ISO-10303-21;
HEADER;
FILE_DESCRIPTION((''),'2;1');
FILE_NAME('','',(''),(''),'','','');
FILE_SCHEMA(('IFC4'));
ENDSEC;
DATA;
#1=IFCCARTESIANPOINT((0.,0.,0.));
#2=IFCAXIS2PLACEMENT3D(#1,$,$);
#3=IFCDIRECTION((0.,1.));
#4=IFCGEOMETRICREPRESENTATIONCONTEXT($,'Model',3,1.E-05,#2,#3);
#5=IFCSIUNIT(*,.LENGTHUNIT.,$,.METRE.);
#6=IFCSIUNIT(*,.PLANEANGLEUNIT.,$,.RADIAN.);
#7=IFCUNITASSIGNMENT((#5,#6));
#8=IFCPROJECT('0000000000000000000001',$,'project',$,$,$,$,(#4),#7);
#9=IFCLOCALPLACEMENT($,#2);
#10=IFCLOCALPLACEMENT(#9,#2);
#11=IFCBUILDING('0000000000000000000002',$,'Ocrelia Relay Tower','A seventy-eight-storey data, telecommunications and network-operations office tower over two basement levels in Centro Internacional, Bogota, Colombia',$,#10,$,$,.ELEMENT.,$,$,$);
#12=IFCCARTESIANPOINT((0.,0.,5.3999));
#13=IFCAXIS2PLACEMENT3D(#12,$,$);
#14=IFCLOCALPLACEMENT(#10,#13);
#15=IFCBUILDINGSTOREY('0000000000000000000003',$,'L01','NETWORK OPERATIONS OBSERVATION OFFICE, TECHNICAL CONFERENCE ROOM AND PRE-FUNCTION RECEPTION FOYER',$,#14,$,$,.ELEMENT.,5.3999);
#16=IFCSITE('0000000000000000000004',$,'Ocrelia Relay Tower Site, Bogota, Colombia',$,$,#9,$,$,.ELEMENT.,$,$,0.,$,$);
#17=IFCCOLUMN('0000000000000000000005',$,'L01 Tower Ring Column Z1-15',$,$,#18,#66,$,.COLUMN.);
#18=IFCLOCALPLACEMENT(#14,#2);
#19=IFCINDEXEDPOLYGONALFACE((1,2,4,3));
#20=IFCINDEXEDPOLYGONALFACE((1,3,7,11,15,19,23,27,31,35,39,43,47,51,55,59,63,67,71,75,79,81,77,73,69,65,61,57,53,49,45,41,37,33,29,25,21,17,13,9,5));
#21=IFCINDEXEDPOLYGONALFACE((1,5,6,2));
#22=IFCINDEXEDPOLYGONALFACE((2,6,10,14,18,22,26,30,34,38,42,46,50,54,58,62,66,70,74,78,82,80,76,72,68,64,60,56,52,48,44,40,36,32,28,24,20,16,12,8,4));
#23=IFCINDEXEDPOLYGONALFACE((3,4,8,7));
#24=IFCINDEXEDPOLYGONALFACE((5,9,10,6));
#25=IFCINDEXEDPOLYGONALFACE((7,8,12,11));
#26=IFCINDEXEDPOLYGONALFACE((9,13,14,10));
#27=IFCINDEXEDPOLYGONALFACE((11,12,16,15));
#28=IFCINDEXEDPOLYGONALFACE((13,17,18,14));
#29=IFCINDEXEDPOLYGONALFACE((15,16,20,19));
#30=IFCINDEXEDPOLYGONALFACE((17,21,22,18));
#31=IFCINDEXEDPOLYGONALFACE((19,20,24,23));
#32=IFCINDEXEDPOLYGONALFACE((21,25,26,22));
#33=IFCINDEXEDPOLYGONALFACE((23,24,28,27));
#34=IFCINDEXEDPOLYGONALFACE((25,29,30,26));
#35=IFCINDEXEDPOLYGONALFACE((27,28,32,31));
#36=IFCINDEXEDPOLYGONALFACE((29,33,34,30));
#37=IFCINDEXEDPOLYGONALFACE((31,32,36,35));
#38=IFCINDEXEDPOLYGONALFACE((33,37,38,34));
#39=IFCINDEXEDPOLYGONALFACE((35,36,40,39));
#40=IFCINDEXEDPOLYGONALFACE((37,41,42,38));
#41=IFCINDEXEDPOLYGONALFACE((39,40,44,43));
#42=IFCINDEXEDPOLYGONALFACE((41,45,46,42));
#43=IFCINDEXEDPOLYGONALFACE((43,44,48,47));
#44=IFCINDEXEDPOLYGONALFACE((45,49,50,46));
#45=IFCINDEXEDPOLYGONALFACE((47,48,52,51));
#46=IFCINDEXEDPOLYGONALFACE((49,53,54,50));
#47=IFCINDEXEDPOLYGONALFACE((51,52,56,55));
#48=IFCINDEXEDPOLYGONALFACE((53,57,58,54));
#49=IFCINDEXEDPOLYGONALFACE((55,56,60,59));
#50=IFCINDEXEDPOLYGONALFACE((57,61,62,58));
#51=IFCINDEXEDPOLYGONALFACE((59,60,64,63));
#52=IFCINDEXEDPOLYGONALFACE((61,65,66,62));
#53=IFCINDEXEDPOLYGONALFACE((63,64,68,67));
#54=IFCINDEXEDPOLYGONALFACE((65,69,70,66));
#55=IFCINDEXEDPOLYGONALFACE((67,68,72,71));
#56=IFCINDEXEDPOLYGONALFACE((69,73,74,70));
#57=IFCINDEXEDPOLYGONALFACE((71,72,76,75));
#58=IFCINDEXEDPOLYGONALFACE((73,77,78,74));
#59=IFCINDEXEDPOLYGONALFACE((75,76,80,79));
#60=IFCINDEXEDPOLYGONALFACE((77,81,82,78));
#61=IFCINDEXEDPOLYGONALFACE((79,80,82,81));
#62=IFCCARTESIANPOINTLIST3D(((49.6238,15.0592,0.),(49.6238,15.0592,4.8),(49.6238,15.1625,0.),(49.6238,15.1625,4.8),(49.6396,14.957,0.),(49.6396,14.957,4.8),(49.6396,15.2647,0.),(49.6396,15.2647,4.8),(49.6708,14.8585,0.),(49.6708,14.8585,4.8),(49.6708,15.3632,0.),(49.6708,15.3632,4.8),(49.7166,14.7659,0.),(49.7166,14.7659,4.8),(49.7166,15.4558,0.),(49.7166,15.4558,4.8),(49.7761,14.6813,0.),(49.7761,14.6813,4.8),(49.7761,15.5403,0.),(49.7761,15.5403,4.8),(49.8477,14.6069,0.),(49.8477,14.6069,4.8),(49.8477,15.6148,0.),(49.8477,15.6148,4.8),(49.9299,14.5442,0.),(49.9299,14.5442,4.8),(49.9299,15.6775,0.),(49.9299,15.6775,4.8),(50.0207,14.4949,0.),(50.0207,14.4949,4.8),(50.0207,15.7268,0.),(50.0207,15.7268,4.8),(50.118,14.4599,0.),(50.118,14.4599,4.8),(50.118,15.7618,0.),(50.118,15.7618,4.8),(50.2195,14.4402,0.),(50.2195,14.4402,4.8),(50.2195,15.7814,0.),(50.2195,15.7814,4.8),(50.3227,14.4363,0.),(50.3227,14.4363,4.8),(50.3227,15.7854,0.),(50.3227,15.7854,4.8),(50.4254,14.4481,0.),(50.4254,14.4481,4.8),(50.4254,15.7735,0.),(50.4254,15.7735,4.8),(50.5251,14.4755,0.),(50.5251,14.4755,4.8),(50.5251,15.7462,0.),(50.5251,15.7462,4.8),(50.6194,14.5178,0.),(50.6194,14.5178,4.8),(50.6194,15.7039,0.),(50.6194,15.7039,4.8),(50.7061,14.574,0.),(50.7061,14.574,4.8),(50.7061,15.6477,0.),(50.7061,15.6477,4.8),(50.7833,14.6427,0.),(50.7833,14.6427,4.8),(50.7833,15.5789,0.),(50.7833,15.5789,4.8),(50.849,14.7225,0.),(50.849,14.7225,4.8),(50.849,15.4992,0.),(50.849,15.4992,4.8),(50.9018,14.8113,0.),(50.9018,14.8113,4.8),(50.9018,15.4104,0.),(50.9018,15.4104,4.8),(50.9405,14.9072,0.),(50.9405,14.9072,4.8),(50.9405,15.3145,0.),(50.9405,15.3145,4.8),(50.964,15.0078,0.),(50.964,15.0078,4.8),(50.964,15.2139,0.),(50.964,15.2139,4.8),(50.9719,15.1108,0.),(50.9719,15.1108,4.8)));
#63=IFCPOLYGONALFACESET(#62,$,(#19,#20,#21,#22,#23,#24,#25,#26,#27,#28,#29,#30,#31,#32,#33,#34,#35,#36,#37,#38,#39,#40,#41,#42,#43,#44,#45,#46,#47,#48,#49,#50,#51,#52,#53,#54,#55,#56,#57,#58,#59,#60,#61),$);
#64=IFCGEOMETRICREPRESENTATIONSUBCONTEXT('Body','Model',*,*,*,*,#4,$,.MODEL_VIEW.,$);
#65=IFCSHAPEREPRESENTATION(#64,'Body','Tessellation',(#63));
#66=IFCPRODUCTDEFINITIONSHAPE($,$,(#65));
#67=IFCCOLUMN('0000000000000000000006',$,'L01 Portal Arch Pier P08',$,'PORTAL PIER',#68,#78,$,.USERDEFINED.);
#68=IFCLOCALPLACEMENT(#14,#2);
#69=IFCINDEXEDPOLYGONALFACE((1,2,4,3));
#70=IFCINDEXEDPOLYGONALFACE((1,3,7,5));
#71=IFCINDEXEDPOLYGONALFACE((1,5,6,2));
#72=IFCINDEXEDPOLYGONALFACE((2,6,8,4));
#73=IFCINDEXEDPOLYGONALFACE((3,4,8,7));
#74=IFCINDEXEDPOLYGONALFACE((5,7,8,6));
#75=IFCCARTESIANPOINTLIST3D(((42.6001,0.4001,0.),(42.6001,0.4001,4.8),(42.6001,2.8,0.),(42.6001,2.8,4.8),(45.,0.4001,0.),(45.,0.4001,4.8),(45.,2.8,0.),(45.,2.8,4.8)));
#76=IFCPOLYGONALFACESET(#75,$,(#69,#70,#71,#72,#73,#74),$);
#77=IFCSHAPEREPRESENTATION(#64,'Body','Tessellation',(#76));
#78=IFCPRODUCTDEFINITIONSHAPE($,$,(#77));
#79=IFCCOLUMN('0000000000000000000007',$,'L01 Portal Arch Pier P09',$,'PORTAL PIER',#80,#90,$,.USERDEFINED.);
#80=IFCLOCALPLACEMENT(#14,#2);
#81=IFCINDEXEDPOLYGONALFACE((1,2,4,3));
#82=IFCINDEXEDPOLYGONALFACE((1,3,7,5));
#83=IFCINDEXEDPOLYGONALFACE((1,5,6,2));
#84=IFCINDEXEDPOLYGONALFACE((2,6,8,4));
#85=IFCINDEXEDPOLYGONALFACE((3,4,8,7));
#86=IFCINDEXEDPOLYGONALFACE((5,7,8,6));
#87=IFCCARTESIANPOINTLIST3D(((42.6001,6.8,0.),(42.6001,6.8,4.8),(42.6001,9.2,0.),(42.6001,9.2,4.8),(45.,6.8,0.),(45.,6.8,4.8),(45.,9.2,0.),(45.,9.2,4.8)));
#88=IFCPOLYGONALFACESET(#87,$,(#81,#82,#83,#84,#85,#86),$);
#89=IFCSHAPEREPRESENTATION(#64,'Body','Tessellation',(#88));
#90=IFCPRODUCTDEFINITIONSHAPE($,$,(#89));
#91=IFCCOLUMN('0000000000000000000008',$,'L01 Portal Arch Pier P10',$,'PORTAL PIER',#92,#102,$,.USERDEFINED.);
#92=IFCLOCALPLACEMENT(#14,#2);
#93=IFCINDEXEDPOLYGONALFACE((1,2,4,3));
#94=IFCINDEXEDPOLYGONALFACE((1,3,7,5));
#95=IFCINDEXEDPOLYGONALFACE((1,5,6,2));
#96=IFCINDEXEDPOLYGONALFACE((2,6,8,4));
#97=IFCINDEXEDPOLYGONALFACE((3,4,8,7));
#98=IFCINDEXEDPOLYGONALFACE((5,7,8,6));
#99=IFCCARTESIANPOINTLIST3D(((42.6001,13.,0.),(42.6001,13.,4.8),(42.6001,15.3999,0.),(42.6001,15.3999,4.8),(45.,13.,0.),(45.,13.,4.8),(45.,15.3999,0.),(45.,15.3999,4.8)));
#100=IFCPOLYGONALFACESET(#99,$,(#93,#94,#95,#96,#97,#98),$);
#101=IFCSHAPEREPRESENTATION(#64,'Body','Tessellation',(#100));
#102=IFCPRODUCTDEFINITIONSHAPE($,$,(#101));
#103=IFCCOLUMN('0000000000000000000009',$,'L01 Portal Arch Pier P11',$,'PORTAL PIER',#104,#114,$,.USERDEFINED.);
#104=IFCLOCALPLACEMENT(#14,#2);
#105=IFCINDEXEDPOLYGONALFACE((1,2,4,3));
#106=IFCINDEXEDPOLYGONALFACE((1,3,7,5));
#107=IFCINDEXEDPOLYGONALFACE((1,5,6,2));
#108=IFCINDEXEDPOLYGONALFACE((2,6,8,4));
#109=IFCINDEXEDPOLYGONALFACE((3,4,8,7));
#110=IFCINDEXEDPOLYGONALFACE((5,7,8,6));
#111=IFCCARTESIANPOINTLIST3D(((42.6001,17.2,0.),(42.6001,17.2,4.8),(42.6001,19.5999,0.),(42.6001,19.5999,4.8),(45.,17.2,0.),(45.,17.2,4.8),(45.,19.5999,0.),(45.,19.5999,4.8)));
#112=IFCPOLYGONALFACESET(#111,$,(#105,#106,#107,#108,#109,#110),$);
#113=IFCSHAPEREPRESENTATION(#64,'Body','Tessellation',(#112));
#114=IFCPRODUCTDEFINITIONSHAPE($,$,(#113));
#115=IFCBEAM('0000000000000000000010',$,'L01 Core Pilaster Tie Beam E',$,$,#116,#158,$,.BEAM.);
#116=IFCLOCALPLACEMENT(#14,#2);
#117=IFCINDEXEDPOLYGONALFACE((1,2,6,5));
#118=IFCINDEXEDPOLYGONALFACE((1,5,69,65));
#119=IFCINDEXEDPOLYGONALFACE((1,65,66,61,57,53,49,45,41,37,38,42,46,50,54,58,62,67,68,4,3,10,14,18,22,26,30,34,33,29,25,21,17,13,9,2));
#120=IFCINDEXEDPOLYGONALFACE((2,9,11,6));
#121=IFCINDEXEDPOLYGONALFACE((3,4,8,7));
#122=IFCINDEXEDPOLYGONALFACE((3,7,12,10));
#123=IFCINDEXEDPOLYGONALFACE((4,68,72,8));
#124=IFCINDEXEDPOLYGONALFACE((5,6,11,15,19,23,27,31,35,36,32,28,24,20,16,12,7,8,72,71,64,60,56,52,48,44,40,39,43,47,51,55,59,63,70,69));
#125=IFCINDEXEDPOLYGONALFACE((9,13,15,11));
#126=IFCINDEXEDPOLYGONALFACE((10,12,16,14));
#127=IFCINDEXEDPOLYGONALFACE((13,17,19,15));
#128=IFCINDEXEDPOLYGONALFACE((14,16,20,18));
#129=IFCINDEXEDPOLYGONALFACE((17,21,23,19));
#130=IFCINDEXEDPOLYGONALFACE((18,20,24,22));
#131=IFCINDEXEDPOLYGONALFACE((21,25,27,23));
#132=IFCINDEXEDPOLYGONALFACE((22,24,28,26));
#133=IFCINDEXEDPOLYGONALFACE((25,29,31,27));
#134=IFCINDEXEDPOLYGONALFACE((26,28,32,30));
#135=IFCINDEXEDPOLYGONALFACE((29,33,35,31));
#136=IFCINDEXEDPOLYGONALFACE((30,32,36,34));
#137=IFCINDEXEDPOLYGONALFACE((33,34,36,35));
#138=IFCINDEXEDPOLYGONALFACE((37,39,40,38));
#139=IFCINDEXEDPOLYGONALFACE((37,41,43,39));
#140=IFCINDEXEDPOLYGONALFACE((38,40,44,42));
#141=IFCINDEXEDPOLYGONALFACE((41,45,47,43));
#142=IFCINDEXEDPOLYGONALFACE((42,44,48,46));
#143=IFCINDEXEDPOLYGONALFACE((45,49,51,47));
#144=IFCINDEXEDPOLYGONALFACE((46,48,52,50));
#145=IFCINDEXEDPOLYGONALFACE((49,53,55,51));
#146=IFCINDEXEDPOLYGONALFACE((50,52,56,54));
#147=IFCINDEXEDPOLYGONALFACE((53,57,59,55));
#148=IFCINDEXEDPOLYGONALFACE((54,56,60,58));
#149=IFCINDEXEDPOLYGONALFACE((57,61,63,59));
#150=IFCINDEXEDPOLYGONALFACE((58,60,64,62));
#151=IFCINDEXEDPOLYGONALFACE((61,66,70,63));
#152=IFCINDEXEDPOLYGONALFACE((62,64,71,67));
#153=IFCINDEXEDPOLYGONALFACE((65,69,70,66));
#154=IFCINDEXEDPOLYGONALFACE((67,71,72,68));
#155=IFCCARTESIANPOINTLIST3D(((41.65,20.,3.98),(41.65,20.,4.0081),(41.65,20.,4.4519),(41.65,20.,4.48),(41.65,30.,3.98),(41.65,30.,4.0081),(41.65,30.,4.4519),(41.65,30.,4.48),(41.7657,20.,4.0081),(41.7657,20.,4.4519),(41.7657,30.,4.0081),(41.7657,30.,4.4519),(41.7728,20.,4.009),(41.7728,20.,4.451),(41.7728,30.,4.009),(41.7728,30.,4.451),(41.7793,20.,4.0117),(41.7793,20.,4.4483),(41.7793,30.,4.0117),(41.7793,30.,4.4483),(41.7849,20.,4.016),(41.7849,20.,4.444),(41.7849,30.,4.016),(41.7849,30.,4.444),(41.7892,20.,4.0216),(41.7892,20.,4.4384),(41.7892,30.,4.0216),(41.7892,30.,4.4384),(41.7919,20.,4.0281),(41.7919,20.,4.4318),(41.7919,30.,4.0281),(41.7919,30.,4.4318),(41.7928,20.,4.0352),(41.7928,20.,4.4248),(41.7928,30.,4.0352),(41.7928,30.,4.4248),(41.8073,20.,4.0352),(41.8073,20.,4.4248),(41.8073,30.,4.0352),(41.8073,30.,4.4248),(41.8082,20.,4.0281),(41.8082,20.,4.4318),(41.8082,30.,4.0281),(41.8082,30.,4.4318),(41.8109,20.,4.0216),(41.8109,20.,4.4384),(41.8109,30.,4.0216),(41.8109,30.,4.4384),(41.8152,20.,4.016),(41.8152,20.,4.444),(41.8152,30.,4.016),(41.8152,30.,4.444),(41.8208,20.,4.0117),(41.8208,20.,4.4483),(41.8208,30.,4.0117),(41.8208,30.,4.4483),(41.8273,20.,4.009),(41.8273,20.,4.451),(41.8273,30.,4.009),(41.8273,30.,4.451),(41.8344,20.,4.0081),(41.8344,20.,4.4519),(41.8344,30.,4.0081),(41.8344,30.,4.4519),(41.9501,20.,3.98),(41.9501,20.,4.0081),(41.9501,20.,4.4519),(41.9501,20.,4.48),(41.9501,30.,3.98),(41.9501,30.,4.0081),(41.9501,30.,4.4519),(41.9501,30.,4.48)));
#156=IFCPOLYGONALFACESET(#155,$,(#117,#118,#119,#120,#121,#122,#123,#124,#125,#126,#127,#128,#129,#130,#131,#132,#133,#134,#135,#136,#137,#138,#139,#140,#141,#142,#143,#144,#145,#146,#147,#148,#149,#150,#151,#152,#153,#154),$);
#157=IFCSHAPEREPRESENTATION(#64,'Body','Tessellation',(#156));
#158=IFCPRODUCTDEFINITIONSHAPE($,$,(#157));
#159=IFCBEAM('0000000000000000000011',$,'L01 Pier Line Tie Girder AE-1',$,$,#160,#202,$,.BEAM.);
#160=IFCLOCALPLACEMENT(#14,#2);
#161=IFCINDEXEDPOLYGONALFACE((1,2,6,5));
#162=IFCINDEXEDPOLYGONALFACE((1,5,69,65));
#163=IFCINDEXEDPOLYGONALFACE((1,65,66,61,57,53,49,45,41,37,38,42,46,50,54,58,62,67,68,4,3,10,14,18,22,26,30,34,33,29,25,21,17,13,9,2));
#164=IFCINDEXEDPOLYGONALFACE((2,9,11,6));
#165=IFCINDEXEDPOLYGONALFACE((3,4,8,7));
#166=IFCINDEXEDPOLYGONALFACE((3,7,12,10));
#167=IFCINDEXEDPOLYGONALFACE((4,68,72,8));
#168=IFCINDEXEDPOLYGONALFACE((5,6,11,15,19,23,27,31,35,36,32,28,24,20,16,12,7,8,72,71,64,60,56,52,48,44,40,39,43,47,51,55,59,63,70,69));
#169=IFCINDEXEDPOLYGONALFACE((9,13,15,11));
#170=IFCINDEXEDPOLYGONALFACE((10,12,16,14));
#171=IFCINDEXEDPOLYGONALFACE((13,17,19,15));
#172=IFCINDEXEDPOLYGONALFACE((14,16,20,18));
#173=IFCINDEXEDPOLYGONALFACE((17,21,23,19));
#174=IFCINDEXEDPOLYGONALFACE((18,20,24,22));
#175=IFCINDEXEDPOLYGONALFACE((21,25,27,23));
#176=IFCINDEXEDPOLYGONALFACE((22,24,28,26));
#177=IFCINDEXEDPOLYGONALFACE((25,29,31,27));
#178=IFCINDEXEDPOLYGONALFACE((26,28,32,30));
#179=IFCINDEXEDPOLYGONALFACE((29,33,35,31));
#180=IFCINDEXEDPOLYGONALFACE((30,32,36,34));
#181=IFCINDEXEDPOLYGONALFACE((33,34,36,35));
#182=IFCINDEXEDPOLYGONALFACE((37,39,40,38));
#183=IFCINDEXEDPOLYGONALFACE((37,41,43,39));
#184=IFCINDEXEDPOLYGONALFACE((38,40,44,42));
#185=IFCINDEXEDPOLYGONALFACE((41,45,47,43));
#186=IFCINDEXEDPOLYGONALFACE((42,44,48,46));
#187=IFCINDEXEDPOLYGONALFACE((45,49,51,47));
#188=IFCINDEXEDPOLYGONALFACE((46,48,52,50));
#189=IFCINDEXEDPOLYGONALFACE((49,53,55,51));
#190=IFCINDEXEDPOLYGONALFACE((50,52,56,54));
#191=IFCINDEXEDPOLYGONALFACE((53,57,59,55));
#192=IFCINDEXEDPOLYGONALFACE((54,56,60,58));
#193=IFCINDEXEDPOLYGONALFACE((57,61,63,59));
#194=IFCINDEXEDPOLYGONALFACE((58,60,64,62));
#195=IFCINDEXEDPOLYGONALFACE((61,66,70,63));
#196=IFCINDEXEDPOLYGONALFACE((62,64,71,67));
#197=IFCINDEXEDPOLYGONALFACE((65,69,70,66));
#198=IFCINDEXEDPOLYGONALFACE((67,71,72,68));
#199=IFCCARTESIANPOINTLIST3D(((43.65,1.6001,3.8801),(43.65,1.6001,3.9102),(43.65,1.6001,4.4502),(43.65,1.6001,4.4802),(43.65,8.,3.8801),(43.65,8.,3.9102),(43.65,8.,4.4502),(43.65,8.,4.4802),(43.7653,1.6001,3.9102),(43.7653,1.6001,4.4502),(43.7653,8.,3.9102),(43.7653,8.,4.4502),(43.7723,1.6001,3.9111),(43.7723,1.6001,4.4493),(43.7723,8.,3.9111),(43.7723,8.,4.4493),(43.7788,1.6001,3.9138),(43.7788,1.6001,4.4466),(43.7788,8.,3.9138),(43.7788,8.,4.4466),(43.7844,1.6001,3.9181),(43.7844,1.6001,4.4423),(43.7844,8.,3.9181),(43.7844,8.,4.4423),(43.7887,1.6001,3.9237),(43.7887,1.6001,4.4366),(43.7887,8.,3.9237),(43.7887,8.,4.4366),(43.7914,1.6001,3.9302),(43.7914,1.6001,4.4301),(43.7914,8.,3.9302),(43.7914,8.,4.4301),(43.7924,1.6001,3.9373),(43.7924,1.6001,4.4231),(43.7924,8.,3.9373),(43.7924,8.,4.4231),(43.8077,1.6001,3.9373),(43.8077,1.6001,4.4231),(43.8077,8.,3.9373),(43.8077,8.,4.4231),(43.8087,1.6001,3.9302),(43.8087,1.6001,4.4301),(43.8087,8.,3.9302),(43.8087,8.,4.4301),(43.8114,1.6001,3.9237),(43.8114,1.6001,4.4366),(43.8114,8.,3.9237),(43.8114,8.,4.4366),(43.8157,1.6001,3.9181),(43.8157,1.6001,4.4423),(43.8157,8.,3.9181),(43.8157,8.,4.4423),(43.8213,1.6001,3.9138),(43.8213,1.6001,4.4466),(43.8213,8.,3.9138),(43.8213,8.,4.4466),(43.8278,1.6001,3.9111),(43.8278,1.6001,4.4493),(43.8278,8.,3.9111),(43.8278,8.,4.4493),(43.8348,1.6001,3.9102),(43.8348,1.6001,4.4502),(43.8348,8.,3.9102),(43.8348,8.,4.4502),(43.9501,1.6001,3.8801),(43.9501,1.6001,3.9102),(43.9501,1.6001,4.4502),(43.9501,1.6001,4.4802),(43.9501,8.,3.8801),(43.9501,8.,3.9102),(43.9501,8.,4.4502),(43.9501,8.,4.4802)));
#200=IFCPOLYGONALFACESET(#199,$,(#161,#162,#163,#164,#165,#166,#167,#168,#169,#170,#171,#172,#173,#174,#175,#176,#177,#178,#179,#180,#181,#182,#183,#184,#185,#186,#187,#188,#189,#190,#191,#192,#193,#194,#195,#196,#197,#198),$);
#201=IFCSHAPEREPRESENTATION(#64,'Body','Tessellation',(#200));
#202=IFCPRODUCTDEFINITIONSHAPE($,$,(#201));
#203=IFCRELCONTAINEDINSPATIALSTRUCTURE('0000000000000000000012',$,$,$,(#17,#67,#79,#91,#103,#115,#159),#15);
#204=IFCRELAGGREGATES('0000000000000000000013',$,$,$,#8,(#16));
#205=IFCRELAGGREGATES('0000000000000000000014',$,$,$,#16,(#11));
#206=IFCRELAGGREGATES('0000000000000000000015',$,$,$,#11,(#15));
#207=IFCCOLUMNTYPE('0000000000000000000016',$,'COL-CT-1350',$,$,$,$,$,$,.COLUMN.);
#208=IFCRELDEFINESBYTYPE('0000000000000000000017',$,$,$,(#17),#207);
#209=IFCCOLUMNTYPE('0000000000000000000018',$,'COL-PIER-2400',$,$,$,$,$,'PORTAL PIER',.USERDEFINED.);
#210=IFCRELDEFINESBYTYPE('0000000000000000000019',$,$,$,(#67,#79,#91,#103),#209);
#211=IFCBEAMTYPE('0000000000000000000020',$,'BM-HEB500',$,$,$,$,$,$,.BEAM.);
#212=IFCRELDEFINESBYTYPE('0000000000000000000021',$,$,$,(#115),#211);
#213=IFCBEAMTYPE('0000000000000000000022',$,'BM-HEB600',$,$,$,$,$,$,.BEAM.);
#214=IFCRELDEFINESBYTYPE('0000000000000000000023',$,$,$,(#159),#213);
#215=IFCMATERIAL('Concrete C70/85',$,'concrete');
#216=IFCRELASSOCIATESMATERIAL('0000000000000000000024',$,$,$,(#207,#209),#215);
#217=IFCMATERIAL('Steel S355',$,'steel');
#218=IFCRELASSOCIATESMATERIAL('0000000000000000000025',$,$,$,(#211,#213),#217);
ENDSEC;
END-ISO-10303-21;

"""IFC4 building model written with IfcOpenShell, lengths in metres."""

from ifc_helpers import new_model, si_unit, direction, frame, origin, origin_2d, place, context, subcontext, project, spatial, rectangle, circle, i_section, extrude, material, material_profile, profile_set, type_object, element, save


model = new_model("IFC4")

# Units and contexts
model_context = context("Model", 3, precision=1e-05, world=origin(), true_north=direction((0.0, 1.0)))
body_context = subcontext(model_context, "Body", "Model", "MODEL_VIEW")
ifc_project = project(units=[si_unit("LENGTHUNIT", "METRE"), si_unit("PLANEANGLEUNIT", "RADIAN")], contexts=[model_context])

# Site, building, storey
site_placement = place(None, origin())
site = spatial("IfcSite", under=ifc_project, at=site_placement, Name="Ocrelia Relay Tower Site, Bogota, Colombia", CompositionType="ELEMENT", RefElevation=0.0)
building_placement = place(site_placement, origin())
building = spatial("IfcBuilding", under=site, at=building_placement, Name="Ocrelia Relay Tower", Description="A seventy-eight-storey data, telecommunications and network-operations office tower over two basement levels in Centro Internacional, Bogota, Colombia", CompositionType="ELEMENT")
storey_placement = place(building_placement, frame((0.0, 0.0, 5.3999)))
storey = spatial("IfcBuildingStorey", under=building, at=storey_placement, Name="L01", Description="NETWORK OPERATIONS OBSERVATION OFFICE, TECHNICAL CONFERENCE ROOM AND PRE-FUNCTION RECEPTION FOYER", CompositionType="ELEMENT", Elevation=5.3999)

# Columns
ifc_material_1 = material(Name="Concrete C70/85", Category="concrete")
ifc_material_profile_1 = material_profile(ifc_material_1, circle(Radius=0.675, at=origin_2d()), Name="RC-CIR-1350")
ifc_profile_set_1 = profile_set([ifc_material_profile_1], Name="Concrete C70/85")
column_type_1 = type_object("IfcColumnType", Name="COL-CT-1350", PredefinedType="COLUMN", material=ifc_profile_set_1)
column_placement = place(storey_placement, frame((50.2969, 15.1108, 0.0), z_axis=(0.0, 0.0, 1.0), x_axis=(1.0, 0.0, 0.0)))
element("IfcColumn", 1, at=column_placement, inside=storey, type_object=column_type_1, Name="L01 Tower Ring Column Z1-15", PredefinedType="COLUMN", context=body_context, shape_type="SweptSolid", body=[
    extrude(circle(Radius=0.675, at=origin_2d()), origin(), (0.0, 0.0, 1.0), 4.8),
])
ifc_material_profile_2 = material_profile(ifc_material_1, rectangle(XDim=2.3999, YDim=2.3999, at=origin_2d()), Name="RC-PIER-2400x2400")
ifc_profile_set_2 = profile_set([ifc_material_profile_2], Name="Concrete C70/85")
column_type_2 = type_object("IfcColumnType", Name="COL-PIER-2400", ElementType="PORTAL PIER", PredefinedType="USERDEFINED", material=ifc_profile_set_2)
for number, where, z_axis, x_axis, name in (
    (2, (43.8, 1.6001, 0.0), (0.0, 0.0, 1.0), (1.0, 0.0, 0.0), "L01 Portal Arch Pier P08"),
    (3, (43.8, 8.0, 0.0), (0.0, 0.0, 1.0), (1.0, 0.0, 0.0), "L01 Portal Arch Pier P09"),
    (4, (43.8, 14.2, 0.0), (0.0, 0.0, 1.0), (1.0, 0.0, 0.0), "L01 Portal Arch Pier P10"),
    (5, (43.8, 18.3999, 0.0), (0.0, 0.0, 1.0), (1.0, 0.0, 0.0), "L01 Portal Arch Pier P11"),
):
    element("IfcColumn", number, at=place(storey_placement, frame(where, z_axis=z_axis, x_axis=x_axis)), inside=storey, type_object=column_type_2, Name=name, ObjectType="PORTAL PIER", PredefinedType="USERDEFINED", context=body_context, shape_type="SweptSolid", body=[
        extrude(rectangle(XDim=2.3999, YDim=2.3999, at=origin_2d()), origin(), (0.0, 0.0, 1.0), 4.8),
    ])

# Beams
ifc_material_2 = material(Name="Steel S355", Category="steel")
ifc_material_profile_3 = material_profile(ifc_material_2, i_section(OverallWidth=0.3, OverallDepth=0.5, WebThickness=0.0144, FlangeThickness=0.0281, FilletRadius=0.0271, at=origin_2d()), Name="HEB 500")
ifc_profile_set_3 = profile_set([ifc_material_profile_3], Name="Steel S355")
beam_type_1 = type_object("IfcBeamType", Name="BM-HEB500", PredefinedType="BEAM", material=ifc_profile_set_3)
beam_1_placement = place(storey_placement, frame((41.8, 20.0, 4.23), z_axis=(0.0, 1.0, 0.0), x_axis=(-1.0, 0.0, 0.0)))
element("IfcBeam", 6, at=beam_1_placement, inside=storey, type_object=beam_type_1, Name="L01 Core Pilaster Tie Beam E", PredefinedType="BEAM", context=body_context, shape_type="SweptSolid", body=[
    extrude(i_section(OverallWidth=0.3, OverallDepth=0.5, WebThickness=0.0144, FlangeThickness=0.0281, FilletRadius=0.0271, at=origin_2d()), origin(), (0.0, 0.0, 1.0), 10.0),
])
ifc_material_profile_4 = material_profile(ifc_material_2, i_section(OverallWidth=0.3, OverallDepth=0.6001, WebThickness=0.0154, FlangeThickness=0.03, FilletRadius=0.0271, at=origin_2d()), Name="HEB 600")
ifc_profile_set_4 = profile_set([ifc_material_profile_4], Name="Steel S355")
beam_type_2 = type_object("IfcBeamType", Name="BM-HEB600", PredefinedType="BEAM", material=ifc_profile_set_4)
beam_2_placement = place(storey_placement, frame((43.8, 1.6001, 4.1802), z_axis=(0.0, 1.0, 0.0), x_axis=(-1.0, 0.0, 0.0)))
element("IfcBeam", 7, at=beam_2_placement, inside=storey, type_object=beam_type_2, Name="L01 Pier Line Tie Girder AE-1", PredefinedType="BEAM", context=body_context, shape_type="SweptSolid", body=[
    extrude(i_section(OverallWidth=0.3, OverallDepth=0.6001, WebThickness=0.0154, FlangeThickness=0.03, FilletRadius=0.0271, at=origin_2d()), origin(), (0.0, 0.0, 1.0), 6.3999),
])

save(model, "model.ifc")
